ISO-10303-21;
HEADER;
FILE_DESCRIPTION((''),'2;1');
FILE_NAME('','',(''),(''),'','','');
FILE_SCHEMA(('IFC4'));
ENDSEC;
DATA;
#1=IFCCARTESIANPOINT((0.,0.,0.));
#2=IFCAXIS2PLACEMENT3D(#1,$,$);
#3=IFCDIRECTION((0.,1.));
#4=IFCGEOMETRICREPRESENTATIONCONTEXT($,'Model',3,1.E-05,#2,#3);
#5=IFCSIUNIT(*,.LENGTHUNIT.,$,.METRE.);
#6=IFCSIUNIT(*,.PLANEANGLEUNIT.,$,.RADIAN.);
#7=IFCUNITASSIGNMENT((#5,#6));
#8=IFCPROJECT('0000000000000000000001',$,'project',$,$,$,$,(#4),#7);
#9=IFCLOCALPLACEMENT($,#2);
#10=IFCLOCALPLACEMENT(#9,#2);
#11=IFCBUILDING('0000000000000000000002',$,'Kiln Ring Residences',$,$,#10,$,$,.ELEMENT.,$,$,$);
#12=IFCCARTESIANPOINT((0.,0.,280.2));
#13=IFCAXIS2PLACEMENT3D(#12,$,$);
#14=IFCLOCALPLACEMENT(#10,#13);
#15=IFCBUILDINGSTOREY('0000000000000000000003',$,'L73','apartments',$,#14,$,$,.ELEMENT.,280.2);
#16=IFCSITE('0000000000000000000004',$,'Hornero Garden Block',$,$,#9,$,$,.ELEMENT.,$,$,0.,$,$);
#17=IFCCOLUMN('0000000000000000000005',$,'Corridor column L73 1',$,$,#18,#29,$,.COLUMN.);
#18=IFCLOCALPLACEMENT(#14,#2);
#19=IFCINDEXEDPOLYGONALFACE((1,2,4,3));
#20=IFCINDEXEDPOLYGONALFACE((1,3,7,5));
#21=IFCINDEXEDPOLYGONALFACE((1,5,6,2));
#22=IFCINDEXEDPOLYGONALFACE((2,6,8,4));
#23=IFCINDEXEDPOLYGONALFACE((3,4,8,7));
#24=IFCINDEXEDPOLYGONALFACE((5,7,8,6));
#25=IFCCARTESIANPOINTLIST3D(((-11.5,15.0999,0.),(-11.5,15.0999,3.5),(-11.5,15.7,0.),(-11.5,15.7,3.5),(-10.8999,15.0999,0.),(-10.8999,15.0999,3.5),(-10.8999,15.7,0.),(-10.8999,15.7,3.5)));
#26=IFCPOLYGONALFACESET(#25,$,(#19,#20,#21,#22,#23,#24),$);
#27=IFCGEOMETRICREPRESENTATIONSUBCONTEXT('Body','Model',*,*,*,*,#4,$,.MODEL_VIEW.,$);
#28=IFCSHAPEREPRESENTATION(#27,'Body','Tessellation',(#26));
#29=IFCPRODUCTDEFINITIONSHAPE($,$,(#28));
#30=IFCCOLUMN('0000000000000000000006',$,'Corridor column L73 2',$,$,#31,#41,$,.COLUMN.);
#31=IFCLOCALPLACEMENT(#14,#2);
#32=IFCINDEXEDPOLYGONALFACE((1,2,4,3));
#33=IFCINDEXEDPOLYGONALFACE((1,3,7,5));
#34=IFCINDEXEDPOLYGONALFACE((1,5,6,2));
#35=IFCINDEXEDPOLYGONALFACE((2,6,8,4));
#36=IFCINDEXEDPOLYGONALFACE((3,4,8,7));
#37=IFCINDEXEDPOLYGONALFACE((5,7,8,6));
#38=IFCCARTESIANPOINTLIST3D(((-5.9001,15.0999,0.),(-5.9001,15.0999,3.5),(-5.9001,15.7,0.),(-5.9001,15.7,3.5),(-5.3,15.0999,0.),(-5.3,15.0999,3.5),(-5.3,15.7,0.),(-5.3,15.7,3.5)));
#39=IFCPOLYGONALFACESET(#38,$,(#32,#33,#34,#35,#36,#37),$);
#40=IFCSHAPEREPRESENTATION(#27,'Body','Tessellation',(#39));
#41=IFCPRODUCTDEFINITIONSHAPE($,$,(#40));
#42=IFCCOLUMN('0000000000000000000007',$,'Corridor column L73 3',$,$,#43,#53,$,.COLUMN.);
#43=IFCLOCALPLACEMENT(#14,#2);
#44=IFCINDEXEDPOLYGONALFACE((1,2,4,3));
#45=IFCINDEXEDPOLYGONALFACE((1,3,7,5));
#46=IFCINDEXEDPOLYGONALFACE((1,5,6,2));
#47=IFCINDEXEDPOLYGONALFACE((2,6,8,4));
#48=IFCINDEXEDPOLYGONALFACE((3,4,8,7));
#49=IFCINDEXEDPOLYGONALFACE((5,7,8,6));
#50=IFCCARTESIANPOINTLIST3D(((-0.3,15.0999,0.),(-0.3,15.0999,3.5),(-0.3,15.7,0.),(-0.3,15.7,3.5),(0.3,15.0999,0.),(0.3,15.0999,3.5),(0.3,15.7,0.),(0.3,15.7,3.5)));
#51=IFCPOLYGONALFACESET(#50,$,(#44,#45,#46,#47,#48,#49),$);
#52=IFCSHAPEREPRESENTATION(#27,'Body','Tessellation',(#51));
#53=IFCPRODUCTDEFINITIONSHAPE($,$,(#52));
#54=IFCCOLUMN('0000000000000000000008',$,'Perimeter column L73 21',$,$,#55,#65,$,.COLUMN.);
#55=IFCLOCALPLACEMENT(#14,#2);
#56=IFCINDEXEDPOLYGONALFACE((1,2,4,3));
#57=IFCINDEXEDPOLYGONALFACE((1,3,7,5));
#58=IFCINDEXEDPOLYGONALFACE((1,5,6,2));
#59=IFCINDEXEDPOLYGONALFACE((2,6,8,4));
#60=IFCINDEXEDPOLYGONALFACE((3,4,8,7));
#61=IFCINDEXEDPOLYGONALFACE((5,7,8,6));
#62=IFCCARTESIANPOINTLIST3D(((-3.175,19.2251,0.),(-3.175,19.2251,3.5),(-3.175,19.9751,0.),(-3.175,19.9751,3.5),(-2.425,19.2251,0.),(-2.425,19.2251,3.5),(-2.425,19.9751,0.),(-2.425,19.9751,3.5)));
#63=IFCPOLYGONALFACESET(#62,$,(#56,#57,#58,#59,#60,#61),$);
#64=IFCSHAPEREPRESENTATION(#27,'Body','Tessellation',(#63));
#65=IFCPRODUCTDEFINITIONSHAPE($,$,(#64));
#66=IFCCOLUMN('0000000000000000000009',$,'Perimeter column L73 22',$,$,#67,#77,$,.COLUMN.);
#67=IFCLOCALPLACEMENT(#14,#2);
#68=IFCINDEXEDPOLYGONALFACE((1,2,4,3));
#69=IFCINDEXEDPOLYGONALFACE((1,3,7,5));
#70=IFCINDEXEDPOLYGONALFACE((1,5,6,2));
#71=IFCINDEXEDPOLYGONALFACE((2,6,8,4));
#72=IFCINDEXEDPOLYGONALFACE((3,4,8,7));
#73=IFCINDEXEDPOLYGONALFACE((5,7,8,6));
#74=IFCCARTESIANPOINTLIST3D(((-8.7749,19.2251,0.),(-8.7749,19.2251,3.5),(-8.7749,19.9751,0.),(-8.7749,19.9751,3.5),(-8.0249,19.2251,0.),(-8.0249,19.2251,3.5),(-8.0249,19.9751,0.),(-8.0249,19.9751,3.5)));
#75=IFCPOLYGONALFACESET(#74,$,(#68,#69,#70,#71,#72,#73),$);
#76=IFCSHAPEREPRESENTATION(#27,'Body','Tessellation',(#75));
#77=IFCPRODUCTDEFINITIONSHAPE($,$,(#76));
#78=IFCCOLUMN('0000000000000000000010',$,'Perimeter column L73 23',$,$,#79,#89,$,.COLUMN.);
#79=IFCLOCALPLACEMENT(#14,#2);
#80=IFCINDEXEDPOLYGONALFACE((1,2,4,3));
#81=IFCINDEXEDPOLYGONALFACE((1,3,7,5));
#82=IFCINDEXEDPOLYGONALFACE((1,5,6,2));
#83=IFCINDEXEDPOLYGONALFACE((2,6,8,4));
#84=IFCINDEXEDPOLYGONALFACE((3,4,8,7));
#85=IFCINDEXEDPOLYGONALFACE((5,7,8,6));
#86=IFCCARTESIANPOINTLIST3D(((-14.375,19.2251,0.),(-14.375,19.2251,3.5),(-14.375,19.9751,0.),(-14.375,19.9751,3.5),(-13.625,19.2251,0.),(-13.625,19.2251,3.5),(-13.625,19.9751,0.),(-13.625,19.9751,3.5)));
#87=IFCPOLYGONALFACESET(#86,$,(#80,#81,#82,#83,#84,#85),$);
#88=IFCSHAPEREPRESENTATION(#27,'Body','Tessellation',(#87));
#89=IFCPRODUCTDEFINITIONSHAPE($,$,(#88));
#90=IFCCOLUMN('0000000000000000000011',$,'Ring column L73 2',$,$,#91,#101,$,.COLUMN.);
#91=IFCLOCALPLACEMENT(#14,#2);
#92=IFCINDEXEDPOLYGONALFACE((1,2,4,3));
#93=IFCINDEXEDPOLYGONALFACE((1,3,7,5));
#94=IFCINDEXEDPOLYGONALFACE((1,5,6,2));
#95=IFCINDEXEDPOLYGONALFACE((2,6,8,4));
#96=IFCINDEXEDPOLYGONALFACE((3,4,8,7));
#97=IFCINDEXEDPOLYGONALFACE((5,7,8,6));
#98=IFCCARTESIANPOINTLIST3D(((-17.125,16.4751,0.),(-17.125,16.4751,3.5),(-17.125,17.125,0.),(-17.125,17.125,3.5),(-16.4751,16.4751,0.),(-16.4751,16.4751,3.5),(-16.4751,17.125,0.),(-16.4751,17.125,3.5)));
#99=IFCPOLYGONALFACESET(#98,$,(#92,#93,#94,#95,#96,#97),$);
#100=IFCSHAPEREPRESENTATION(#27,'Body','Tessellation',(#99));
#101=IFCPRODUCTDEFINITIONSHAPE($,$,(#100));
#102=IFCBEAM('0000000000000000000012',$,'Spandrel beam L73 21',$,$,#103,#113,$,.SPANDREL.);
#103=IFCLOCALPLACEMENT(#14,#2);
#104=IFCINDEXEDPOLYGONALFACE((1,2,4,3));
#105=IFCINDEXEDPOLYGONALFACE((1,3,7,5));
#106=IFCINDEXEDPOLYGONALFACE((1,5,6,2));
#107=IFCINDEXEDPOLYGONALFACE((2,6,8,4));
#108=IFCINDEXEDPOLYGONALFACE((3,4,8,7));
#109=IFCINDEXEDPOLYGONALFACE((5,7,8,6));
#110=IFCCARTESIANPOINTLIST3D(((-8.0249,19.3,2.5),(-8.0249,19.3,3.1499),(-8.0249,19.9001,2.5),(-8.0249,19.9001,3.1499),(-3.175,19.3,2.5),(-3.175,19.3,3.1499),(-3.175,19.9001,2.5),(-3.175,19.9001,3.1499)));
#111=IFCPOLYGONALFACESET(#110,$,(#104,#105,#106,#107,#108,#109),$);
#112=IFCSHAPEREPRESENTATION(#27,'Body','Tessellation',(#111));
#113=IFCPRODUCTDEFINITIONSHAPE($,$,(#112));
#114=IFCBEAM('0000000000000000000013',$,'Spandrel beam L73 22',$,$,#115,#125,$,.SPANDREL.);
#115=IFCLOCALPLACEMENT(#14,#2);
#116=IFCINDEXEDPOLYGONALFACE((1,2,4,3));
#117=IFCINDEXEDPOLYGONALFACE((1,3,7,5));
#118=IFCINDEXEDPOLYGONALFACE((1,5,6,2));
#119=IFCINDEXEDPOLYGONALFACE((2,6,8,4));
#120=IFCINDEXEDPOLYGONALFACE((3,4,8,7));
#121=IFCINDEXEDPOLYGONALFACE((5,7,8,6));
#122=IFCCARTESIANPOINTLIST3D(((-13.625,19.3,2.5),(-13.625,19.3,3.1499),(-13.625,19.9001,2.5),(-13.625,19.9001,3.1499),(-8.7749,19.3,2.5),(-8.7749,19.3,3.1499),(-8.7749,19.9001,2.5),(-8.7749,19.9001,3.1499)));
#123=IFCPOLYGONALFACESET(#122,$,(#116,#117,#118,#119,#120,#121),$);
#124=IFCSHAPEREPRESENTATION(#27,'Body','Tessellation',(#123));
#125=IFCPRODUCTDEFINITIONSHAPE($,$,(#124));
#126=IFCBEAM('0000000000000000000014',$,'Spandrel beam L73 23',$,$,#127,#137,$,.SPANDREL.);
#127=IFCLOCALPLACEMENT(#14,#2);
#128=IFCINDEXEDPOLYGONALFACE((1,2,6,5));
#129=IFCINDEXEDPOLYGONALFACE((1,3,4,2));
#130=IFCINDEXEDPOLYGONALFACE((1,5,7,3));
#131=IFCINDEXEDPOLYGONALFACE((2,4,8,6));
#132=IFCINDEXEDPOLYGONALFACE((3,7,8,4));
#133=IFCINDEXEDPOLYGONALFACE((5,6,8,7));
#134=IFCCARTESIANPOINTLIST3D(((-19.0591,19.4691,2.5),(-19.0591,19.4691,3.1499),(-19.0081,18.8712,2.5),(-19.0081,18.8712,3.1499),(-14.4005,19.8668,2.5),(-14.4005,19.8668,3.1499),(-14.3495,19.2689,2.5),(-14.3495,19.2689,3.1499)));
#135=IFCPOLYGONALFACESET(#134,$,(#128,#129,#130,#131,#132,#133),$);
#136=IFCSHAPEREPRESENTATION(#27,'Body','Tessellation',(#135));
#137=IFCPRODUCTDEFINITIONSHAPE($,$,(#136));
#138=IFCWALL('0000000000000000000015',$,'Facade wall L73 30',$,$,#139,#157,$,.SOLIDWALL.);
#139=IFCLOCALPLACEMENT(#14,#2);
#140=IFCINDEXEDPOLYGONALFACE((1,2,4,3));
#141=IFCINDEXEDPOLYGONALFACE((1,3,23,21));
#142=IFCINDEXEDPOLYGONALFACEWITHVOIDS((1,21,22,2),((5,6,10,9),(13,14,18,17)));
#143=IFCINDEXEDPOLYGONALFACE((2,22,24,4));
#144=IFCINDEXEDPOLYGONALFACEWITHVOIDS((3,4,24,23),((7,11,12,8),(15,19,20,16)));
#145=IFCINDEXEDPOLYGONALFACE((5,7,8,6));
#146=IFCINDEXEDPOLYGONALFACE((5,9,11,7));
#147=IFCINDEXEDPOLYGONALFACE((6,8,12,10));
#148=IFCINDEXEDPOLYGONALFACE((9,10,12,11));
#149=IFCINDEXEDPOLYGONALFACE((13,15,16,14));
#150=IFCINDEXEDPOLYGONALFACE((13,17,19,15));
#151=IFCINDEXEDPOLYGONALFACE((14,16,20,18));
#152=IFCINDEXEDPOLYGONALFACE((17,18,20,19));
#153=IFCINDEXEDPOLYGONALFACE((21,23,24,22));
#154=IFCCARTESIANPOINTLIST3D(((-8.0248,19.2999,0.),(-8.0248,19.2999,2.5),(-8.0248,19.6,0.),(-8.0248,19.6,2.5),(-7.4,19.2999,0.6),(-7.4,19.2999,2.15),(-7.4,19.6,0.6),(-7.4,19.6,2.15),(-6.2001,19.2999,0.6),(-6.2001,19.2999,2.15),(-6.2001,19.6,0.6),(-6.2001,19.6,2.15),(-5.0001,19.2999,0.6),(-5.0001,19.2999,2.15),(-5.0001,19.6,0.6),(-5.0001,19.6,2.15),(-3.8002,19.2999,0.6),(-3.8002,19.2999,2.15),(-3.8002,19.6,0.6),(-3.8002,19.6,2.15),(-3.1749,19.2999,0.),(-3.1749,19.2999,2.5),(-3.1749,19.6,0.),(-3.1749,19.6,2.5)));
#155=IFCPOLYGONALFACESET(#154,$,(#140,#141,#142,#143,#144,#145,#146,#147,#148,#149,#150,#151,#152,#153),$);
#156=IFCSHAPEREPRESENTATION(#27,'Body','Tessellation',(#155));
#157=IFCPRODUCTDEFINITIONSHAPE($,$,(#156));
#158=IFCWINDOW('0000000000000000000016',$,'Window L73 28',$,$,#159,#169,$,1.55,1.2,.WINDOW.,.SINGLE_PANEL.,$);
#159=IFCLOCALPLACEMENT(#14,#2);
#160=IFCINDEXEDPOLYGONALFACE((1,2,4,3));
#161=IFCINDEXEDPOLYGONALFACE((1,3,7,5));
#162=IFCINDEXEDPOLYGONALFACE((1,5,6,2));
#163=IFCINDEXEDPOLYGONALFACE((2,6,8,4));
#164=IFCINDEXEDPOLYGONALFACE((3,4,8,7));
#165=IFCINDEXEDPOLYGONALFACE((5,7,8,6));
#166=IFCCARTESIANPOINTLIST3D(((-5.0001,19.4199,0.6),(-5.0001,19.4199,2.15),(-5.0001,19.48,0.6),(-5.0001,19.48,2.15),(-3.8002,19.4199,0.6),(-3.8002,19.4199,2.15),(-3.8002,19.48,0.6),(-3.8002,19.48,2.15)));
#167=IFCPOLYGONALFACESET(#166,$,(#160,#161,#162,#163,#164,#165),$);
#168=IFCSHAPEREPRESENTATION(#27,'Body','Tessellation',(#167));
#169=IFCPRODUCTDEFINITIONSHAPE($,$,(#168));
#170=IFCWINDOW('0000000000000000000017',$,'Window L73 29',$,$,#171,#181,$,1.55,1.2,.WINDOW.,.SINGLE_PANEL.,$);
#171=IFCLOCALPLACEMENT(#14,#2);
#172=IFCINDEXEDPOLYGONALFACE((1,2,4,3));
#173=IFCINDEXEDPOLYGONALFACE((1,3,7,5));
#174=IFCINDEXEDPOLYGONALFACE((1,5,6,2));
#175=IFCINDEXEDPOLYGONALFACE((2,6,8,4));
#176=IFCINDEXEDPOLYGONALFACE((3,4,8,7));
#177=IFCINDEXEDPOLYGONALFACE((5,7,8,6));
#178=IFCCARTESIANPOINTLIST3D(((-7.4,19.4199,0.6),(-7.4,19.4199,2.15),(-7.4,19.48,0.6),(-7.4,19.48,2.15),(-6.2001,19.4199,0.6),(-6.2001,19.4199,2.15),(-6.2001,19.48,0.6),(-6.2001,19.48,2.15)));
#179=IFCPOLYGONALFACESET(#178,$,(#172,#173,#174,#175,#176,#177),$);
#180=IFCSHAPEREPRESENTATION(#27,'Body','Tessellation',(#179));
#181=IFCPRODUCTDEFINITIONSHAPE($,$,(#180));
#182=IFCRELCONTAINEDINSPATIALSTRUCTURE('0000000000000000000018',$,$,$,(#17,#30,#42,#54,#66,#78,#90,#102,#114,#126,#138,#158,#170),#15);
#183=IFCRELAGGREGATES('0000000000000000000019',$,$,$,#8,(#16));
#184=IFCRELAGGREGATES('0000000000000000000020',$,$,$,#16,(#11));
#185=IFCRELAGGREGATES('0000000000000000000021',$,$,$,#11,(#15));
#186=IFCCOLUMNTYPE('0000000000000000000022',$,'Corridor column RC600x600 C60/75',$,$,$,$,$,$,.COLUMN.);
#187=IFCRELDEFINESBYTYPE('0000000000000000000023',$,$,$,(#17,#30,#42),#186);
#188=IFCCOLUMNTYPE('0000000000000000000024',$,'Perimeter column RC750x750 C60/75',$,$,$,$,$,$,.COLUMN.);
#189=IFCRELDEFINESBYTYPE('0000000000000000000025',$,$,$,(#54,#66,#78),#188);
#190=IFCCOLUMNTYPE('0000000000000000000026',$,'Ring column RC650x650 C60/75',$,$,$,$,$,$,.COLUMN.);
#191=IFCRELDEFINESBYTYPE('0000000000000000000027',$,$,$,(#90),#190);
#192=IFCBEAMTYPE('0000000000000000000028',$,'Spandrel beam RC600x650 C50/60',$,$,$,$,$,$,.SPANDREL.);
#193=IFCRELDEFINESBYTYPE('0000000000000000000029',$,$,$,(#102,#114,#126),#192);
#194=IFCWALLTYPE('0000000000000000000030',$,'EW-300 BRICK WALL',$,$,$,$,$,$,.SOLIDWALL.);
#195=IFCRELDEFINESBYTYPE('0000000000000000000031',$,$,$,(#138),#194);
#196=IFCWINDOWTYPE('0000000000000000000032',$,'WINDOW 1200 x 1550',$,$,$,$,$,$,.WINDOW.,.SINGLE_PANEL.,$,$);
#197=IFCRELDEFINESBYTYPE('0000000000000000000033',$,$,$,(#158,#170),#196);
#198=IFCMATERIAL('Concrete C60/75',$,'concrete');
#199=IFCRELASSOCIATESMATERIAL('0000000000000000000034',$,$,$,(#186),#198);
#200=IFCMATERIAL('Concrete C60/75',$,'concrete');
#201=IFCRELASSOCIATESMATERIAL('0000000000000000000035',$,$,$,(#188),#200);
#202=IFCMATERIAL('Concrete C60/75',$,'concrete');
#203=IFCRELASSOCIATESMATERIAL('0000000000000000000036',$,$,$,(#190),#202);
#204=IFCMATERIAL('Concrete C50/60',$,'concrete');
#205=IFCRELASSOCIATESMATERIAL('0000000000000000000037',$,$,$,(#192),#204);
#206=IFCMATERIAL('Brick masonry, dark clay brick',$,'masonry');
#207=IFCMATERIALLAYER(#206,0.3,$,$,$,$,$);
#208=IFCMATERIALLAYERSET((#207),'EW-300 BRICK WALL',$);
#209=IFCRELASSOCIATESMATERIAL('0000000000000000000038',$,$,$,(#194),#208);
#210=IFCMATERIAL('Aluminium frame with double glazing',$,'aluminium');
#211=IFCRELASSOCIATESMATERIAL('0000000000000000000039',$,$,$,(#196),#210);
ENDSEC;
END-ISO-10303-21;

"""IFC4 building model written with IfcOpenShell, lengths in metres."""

from ifc_helpers import new_model, si_unit, direction, frame, frame_2d, origin, origin_2d, place, context, subcontext, project, spatial, rectangle, extrude, material, layer, layer_set, material_profile, profile_set, type_object, element, fill, save


model = new_model("IFC4")

# Units and contexts
model_context = context("Model", 3, precision=1e-05, world=origin(), true_north=direction((0.0, 1.0)))
body_context = subcontext(model_context, "Body", "Model", "MODEL_VIEW")
ifc_project = project(units=[si_unit("LENGTHUNIT", "METRE"), si_unit("PLANEANGLEUNIT", "RADIAN")], contexts=[model_context])

# Site, building, storey
site_placement = place(None, origin())
site = spatial("IfcSite", under=ifc_project, at=site_placement, Name="Hornero Garden Block", CompositionType="ELEMENT", RefElevation=0.0)
building_placement = place(site_placement, origin())
building = spatial("IfcBuilding", under=site, at=building_placement, Name="Kiln Ring Residences", CompositionType="ELEMENT")
storey_placement = place(building_placement, frame((0.0, 0.0, 280.2)))
storey = spatial("IfcBuildingStorey", under=building, at=storey_placement, Name="L73", Description="apartments", CompositionType="ELEMENT", Elevation=280.2)

# Columns
ifc_material_1 = material(Name="Concrete C60/75", Category="concrete")
ifc_material_profile_1 = material_profile(ifc_material_1, rectangle(XDim=0.6001, YDim=0.6001, at=origin_2d()), Name="RC600x600")
ifc_profile_set_1 = profile_set([ifc_material_profile_1], Name="Concrete C60/75")
column_type_1 = type_object("IfcColumnType", Name="Corridor column RC600x600 C60/75", PredefinedType="COLUMN", material=ifc_profile_set_1)
for number, where, z_axis, x_axis, name in (
    (1, (-11.2, 15.3999, 0.0), (0.0, 0.0, 1.0), (1.0, 0.0, 0.0), "Corridor column L73 1"),
    (2, (-5.6001, 15.3999, 0.0), (0.0, 0.0, 1.0), (1.0, 0.0, 0.0), "Corridor column L73 2"),
    (3, (0.0, 15.3999, 0.0), (0.0, 0.0, 1.0), (1.0, 0.0, 0.0), "Corridor column L73 3"),
):
    element("IfcColumn", number, at=place(storey_placement, frame(where, z_axis=z_axis, x_axis=x_axis)), inside=storey, type_object=column_type_1, Name=name, PredefinedType="COLUMN", context=body_context, shape_type="SweptSolid", body=[
        extrude(rectangle(XDim=0.6001, YDim=0.6001, at=origin_2d()), origin(), (0.0, 0.0, 1.0), 3.5),
    ])
ifc_material_2 = material(Name="Concrete C60/75", Category="concrete")
ifc_material_profile_2 = material_profile(ifc_material_2, rectangle(XDim=0.75, YDim=0.75, at=origin_2d()), Name="RC750x750")
ifc_profile_set_2 = profile_set([ifc_material_profile_2], Name="Concrete C60/75")
column_type_2 = type_object("IfcColumnType", Name="Perimeter column RC750x750 C60/75", PredefinedType="COLUMN", material=ifc_profile_set_2)
for number, where, z_axis, x_axis, name in (
    (4, (-2.8, 19.6001, 0.0), (0.0, 0.0, 1.0), (1.0, 0.0, 0.0), "Perimeter column L73 21"),
    (5, (-8.3999, 19.6001, 0.0), (0.0, 0.0, 1.0), (1.0, 0.0, 0.0), "Perimeter column L73 22"),
    (6, (-14.0, 19.6001, 0.0), (0.0, 0.0, 1.0), (1.0, 0.0, 0.0), "Perimeter column L73 23"),
):
    element("IfcColumn", number, at=place(storey_placement, frame(where, z_axis=z_axis, x_axis=x_axis)), inside=storey, type_object=column_type_2, Name=name, PredefinedType="COLUMN", context=body_context, shape_type="SweptSolid", body=[
        extrude(rectangle(XDim=0.75, YDim=0.75, at=origin_2d()), origin(), (0.0, 0.0, 1.0), 3.5),
    ])
ifc_material_3 = material(Name="Concrete C60/75", Category="concrete")
ifc_material_profile_3 = material_profile(ifc_material_3, rectangle(XDim=0.6499, YDim=0.6499, at=origin_2d()), Name="RC650x650")
ifc_profile_set_3 = profile_set([ifc_material_profile_3], Name="Concrete C60/75")
column_type_3 = type_object("IfcColumnType", Name="Ring column RC650x650 C60/75", PredefinedType="COLUMN", material=ifc_profile_set_3)
column_placement = place(storey_placement, frame((-16.8, 16.8, 0.0), z_axis=(0.0, 0.0, 1.0), x_axis=(1.0, 0.0, 0.0)))
element("IfcColumn", 7, at=column_placement, inside=storey, type_object=column_type_3, Name="Ring column L73 2", PredefinedType="COLUMN", context=body_context, shape_type="SweptSolid", body=[
    extrude(rectangle(XDim=0.6499, YDim=0.6499, at=origin_2d()), origin(), (0.0, 0.0, 1.0), 3.5),
])

# Beams
ifc_material_4 = material(Name="Concrete C50/60", Category="concrete")
ifc_material_profile_4 = material_profile(ifc_material_4, rectangle(XDim=0.6001, YDim=0.6499, at=origin_2d()), Name="RC600x650")
ifc_profile_set_4 = profile_set([ifc_material_profile_4], Name="Concrete C50/60")
beam_type = type_object("IfcBeamType", Name="Spandrel beam RC600x650 C50/60", PredefinedType="SPANDREL", material=ifc_profile_set_4)
beam_1_placement = place(storey_placement, frame((-3.175, 19.6001, 2.825), z_axis=(-1.0, 0.0, 0.0), x_axis=(0.0, -1.0, 0.0)))
element("IfcBeam", 8, at=beam_1_placement, inside=storey, type_object=beam_type, Name="Spandrel beam L73 21", PredefinedType="SPANDREL", context=body_context, shape_type="SweptSolid", body=[
    extrude(rectangle(XDim=0.6001, YDim=0.6499, at=origin_2d()), origin(), (0.0, 0.0, 1.0), 4.8499),
])
beam_2_placement = place(storey_placement, frame((-8.7749, 19.6001, 2.825), z_axis=(-1.0, 0.0, 0.0), x_axis=(0.0, -1.0, 0.0)))
element("IfcBeam", 9, at=beam_2_placement, inside=storey, type_object=beam_type, Name="Spandrel beam L73 22", PredefinedType="SPANDREL", context=body_context, shape_type="SweptSolid", body=[
    extrude(rectangle(XDim=0.6001, YDim=0.6499, at=origin_2d()), origin(), (0.0, 0.0, 1.0), 4.8501),
])
beam_3_placement = place(storey_placement, frame((-14.375, 19.5679, 2.825), z_axis=(-0.996376, -0.085059, 0.0), x_axis=(0.085059, -0.996376, 0.0)))
element("IfcBeam", 10, at=beam_3_placement, inside=storey, type_object=beam_type, Name="Spandrel beam L73 23", PredefinedType="SPANDREL", context=body_context, shape_type="SweptSolid", body=[
    extrude(rectangle(XDim=0.6001, YDim=0.6499, at=origin_2d()), origin(), (0.0, 0.0, 1.0), 4.6755),
])

# Wall, openings, windows
ifc_material_5 = material(Name="Brick masonry, dark clay brick", Category="masonry")
ifc_layer_1 = layer(ifc_material_5, 0.3)
ifc_layer_set_1 = layer_set([ifc_layer_1], Name="EW-300 BRICK WALL")
wall_type_1 = type_object("IfcWallType", Name="EW-300 BRICK WALL", PredefinedType="SOLIDWALL", material=ifc_layer_set_1)
wall_1_placement = place(storey_placement, frame((-3.175, 19.45, 0.0), z_axis=(0.0, 0.0, 1.0), x_axis=(-1.0, 0.0, 0.0)))
wall_1 = element("IfcWall", 11, at=wall_1_placement, inside=storey, type_object=wall_type_1, Name="Facade wall L73 30", PredefinedType="SOLIDWALL", context=body_context, shape_type="SweptSolid", body=[
    extrude(rectangle(XDim=4.8499, YDim=0.3, at=frame_2d((2.4248, 0.0))), origin(), (0.0, 0.0, 1.0), 2.5),
])
opening_1_placement = place(wall_1_placement, frame((0.625, 0.0, 0.6001)))
opening_1 = element("IfcOpeningElement", 12, at=opening_1_placement, cuts=wall_1, PredefinedType="OPENING", context=body_context, shape_type="SweptSolid", body=[
    extrude(rectangle(XDim=1.2, YDim=1.55, at=frame_2d((0.6001, 0.7749))), frame((0.0, 0.1599, 0.0), z_axis=(0.0, -1.0, 0.0), x_axis=(1.0, 0.0, 0.0)), (0.0, 0.0, 1.0), 0.3201),
])
opening_2_placement = place(wall_1_placement, frame((3.0249, 0.0, 0.6001)))
opening_2 = element("IfcOpeningElement", 13, at=opening_2_placement, cuts=wall_1, PredefinedType="OPENING", context=body_context, shape_type="SweptSolid", body=[
    extrude(rectangle(XDim=1.2, YDim=1.55, at=frame_2d((0.6001, 0.7749))), frame((0.0, 0.1599, 0.0), z_axis=(0.0, -1.0, 0.0), x_axis=(1.0, 0.0, 0.0)), (0.0, 0.0, 1.0), 0.3201),
])
ifc_material_6 = material(Name="Aluminium frame with double glazing", Category="aluminium")
window_type_1 = type_object("IfcWindowType", Name="WINDOW 1200 x 1550", PartitioningType="SINGLE_PANEL", PredefinedType="WINDOW", material=ifc_material_6)
window_1_placement = place(opening_1_placement, origin())
window_1 = element("IfcWindow", 14, at=window_1_placement, inside=storey, type_object=window_type_1, Name="Window L73 28", OverallHeight=1.55, OverallWidth=1.2, PartitioningType="SINGLE_PANEL", PredefinedType="WINDOW", context=body_context, shape_type="SweptSolid", body=[
    extrude(rectangle(XDim=1.2, YDim=1.55, at=frame_2d((0.6001, 0.7749))), frame((0.0, 0.03, 0.0), z_axis=(0.0, -1.0, 0.0), x_axis=(1.0, 0.0, 0.0)), (0.0, 0.0, 1.0), 0.0601),
])
fill(opening_1, window_1)
window_2_placement = place(opening_2_placement, origin())
window_2 = element("IfcWindow", 15, at=window_2_placement, inside=storey, type_object=window_type_1, Name="Window L73 29", OverallHeight=1.55, OverallWidth=1.2, PartitioningType="SINGLE_PANEL", PredefinedType="WINDOW", context=body_context, shape_type="SweptSolid", body=[
    extrude(rectangle(XDim=1.2, YDim=1.55, at=frame_2d((0.6001, 0.7749))), frame((0.0, 0.03, 0.0), z_axis=(0.0, -1.0, 0.0), x_axis=(1.0, 0.0, 0.0)), (0.0, 0.0, 1.0), 0.0601),
])
fill(opening_2, window_2)

save(model, "model.ifc")
